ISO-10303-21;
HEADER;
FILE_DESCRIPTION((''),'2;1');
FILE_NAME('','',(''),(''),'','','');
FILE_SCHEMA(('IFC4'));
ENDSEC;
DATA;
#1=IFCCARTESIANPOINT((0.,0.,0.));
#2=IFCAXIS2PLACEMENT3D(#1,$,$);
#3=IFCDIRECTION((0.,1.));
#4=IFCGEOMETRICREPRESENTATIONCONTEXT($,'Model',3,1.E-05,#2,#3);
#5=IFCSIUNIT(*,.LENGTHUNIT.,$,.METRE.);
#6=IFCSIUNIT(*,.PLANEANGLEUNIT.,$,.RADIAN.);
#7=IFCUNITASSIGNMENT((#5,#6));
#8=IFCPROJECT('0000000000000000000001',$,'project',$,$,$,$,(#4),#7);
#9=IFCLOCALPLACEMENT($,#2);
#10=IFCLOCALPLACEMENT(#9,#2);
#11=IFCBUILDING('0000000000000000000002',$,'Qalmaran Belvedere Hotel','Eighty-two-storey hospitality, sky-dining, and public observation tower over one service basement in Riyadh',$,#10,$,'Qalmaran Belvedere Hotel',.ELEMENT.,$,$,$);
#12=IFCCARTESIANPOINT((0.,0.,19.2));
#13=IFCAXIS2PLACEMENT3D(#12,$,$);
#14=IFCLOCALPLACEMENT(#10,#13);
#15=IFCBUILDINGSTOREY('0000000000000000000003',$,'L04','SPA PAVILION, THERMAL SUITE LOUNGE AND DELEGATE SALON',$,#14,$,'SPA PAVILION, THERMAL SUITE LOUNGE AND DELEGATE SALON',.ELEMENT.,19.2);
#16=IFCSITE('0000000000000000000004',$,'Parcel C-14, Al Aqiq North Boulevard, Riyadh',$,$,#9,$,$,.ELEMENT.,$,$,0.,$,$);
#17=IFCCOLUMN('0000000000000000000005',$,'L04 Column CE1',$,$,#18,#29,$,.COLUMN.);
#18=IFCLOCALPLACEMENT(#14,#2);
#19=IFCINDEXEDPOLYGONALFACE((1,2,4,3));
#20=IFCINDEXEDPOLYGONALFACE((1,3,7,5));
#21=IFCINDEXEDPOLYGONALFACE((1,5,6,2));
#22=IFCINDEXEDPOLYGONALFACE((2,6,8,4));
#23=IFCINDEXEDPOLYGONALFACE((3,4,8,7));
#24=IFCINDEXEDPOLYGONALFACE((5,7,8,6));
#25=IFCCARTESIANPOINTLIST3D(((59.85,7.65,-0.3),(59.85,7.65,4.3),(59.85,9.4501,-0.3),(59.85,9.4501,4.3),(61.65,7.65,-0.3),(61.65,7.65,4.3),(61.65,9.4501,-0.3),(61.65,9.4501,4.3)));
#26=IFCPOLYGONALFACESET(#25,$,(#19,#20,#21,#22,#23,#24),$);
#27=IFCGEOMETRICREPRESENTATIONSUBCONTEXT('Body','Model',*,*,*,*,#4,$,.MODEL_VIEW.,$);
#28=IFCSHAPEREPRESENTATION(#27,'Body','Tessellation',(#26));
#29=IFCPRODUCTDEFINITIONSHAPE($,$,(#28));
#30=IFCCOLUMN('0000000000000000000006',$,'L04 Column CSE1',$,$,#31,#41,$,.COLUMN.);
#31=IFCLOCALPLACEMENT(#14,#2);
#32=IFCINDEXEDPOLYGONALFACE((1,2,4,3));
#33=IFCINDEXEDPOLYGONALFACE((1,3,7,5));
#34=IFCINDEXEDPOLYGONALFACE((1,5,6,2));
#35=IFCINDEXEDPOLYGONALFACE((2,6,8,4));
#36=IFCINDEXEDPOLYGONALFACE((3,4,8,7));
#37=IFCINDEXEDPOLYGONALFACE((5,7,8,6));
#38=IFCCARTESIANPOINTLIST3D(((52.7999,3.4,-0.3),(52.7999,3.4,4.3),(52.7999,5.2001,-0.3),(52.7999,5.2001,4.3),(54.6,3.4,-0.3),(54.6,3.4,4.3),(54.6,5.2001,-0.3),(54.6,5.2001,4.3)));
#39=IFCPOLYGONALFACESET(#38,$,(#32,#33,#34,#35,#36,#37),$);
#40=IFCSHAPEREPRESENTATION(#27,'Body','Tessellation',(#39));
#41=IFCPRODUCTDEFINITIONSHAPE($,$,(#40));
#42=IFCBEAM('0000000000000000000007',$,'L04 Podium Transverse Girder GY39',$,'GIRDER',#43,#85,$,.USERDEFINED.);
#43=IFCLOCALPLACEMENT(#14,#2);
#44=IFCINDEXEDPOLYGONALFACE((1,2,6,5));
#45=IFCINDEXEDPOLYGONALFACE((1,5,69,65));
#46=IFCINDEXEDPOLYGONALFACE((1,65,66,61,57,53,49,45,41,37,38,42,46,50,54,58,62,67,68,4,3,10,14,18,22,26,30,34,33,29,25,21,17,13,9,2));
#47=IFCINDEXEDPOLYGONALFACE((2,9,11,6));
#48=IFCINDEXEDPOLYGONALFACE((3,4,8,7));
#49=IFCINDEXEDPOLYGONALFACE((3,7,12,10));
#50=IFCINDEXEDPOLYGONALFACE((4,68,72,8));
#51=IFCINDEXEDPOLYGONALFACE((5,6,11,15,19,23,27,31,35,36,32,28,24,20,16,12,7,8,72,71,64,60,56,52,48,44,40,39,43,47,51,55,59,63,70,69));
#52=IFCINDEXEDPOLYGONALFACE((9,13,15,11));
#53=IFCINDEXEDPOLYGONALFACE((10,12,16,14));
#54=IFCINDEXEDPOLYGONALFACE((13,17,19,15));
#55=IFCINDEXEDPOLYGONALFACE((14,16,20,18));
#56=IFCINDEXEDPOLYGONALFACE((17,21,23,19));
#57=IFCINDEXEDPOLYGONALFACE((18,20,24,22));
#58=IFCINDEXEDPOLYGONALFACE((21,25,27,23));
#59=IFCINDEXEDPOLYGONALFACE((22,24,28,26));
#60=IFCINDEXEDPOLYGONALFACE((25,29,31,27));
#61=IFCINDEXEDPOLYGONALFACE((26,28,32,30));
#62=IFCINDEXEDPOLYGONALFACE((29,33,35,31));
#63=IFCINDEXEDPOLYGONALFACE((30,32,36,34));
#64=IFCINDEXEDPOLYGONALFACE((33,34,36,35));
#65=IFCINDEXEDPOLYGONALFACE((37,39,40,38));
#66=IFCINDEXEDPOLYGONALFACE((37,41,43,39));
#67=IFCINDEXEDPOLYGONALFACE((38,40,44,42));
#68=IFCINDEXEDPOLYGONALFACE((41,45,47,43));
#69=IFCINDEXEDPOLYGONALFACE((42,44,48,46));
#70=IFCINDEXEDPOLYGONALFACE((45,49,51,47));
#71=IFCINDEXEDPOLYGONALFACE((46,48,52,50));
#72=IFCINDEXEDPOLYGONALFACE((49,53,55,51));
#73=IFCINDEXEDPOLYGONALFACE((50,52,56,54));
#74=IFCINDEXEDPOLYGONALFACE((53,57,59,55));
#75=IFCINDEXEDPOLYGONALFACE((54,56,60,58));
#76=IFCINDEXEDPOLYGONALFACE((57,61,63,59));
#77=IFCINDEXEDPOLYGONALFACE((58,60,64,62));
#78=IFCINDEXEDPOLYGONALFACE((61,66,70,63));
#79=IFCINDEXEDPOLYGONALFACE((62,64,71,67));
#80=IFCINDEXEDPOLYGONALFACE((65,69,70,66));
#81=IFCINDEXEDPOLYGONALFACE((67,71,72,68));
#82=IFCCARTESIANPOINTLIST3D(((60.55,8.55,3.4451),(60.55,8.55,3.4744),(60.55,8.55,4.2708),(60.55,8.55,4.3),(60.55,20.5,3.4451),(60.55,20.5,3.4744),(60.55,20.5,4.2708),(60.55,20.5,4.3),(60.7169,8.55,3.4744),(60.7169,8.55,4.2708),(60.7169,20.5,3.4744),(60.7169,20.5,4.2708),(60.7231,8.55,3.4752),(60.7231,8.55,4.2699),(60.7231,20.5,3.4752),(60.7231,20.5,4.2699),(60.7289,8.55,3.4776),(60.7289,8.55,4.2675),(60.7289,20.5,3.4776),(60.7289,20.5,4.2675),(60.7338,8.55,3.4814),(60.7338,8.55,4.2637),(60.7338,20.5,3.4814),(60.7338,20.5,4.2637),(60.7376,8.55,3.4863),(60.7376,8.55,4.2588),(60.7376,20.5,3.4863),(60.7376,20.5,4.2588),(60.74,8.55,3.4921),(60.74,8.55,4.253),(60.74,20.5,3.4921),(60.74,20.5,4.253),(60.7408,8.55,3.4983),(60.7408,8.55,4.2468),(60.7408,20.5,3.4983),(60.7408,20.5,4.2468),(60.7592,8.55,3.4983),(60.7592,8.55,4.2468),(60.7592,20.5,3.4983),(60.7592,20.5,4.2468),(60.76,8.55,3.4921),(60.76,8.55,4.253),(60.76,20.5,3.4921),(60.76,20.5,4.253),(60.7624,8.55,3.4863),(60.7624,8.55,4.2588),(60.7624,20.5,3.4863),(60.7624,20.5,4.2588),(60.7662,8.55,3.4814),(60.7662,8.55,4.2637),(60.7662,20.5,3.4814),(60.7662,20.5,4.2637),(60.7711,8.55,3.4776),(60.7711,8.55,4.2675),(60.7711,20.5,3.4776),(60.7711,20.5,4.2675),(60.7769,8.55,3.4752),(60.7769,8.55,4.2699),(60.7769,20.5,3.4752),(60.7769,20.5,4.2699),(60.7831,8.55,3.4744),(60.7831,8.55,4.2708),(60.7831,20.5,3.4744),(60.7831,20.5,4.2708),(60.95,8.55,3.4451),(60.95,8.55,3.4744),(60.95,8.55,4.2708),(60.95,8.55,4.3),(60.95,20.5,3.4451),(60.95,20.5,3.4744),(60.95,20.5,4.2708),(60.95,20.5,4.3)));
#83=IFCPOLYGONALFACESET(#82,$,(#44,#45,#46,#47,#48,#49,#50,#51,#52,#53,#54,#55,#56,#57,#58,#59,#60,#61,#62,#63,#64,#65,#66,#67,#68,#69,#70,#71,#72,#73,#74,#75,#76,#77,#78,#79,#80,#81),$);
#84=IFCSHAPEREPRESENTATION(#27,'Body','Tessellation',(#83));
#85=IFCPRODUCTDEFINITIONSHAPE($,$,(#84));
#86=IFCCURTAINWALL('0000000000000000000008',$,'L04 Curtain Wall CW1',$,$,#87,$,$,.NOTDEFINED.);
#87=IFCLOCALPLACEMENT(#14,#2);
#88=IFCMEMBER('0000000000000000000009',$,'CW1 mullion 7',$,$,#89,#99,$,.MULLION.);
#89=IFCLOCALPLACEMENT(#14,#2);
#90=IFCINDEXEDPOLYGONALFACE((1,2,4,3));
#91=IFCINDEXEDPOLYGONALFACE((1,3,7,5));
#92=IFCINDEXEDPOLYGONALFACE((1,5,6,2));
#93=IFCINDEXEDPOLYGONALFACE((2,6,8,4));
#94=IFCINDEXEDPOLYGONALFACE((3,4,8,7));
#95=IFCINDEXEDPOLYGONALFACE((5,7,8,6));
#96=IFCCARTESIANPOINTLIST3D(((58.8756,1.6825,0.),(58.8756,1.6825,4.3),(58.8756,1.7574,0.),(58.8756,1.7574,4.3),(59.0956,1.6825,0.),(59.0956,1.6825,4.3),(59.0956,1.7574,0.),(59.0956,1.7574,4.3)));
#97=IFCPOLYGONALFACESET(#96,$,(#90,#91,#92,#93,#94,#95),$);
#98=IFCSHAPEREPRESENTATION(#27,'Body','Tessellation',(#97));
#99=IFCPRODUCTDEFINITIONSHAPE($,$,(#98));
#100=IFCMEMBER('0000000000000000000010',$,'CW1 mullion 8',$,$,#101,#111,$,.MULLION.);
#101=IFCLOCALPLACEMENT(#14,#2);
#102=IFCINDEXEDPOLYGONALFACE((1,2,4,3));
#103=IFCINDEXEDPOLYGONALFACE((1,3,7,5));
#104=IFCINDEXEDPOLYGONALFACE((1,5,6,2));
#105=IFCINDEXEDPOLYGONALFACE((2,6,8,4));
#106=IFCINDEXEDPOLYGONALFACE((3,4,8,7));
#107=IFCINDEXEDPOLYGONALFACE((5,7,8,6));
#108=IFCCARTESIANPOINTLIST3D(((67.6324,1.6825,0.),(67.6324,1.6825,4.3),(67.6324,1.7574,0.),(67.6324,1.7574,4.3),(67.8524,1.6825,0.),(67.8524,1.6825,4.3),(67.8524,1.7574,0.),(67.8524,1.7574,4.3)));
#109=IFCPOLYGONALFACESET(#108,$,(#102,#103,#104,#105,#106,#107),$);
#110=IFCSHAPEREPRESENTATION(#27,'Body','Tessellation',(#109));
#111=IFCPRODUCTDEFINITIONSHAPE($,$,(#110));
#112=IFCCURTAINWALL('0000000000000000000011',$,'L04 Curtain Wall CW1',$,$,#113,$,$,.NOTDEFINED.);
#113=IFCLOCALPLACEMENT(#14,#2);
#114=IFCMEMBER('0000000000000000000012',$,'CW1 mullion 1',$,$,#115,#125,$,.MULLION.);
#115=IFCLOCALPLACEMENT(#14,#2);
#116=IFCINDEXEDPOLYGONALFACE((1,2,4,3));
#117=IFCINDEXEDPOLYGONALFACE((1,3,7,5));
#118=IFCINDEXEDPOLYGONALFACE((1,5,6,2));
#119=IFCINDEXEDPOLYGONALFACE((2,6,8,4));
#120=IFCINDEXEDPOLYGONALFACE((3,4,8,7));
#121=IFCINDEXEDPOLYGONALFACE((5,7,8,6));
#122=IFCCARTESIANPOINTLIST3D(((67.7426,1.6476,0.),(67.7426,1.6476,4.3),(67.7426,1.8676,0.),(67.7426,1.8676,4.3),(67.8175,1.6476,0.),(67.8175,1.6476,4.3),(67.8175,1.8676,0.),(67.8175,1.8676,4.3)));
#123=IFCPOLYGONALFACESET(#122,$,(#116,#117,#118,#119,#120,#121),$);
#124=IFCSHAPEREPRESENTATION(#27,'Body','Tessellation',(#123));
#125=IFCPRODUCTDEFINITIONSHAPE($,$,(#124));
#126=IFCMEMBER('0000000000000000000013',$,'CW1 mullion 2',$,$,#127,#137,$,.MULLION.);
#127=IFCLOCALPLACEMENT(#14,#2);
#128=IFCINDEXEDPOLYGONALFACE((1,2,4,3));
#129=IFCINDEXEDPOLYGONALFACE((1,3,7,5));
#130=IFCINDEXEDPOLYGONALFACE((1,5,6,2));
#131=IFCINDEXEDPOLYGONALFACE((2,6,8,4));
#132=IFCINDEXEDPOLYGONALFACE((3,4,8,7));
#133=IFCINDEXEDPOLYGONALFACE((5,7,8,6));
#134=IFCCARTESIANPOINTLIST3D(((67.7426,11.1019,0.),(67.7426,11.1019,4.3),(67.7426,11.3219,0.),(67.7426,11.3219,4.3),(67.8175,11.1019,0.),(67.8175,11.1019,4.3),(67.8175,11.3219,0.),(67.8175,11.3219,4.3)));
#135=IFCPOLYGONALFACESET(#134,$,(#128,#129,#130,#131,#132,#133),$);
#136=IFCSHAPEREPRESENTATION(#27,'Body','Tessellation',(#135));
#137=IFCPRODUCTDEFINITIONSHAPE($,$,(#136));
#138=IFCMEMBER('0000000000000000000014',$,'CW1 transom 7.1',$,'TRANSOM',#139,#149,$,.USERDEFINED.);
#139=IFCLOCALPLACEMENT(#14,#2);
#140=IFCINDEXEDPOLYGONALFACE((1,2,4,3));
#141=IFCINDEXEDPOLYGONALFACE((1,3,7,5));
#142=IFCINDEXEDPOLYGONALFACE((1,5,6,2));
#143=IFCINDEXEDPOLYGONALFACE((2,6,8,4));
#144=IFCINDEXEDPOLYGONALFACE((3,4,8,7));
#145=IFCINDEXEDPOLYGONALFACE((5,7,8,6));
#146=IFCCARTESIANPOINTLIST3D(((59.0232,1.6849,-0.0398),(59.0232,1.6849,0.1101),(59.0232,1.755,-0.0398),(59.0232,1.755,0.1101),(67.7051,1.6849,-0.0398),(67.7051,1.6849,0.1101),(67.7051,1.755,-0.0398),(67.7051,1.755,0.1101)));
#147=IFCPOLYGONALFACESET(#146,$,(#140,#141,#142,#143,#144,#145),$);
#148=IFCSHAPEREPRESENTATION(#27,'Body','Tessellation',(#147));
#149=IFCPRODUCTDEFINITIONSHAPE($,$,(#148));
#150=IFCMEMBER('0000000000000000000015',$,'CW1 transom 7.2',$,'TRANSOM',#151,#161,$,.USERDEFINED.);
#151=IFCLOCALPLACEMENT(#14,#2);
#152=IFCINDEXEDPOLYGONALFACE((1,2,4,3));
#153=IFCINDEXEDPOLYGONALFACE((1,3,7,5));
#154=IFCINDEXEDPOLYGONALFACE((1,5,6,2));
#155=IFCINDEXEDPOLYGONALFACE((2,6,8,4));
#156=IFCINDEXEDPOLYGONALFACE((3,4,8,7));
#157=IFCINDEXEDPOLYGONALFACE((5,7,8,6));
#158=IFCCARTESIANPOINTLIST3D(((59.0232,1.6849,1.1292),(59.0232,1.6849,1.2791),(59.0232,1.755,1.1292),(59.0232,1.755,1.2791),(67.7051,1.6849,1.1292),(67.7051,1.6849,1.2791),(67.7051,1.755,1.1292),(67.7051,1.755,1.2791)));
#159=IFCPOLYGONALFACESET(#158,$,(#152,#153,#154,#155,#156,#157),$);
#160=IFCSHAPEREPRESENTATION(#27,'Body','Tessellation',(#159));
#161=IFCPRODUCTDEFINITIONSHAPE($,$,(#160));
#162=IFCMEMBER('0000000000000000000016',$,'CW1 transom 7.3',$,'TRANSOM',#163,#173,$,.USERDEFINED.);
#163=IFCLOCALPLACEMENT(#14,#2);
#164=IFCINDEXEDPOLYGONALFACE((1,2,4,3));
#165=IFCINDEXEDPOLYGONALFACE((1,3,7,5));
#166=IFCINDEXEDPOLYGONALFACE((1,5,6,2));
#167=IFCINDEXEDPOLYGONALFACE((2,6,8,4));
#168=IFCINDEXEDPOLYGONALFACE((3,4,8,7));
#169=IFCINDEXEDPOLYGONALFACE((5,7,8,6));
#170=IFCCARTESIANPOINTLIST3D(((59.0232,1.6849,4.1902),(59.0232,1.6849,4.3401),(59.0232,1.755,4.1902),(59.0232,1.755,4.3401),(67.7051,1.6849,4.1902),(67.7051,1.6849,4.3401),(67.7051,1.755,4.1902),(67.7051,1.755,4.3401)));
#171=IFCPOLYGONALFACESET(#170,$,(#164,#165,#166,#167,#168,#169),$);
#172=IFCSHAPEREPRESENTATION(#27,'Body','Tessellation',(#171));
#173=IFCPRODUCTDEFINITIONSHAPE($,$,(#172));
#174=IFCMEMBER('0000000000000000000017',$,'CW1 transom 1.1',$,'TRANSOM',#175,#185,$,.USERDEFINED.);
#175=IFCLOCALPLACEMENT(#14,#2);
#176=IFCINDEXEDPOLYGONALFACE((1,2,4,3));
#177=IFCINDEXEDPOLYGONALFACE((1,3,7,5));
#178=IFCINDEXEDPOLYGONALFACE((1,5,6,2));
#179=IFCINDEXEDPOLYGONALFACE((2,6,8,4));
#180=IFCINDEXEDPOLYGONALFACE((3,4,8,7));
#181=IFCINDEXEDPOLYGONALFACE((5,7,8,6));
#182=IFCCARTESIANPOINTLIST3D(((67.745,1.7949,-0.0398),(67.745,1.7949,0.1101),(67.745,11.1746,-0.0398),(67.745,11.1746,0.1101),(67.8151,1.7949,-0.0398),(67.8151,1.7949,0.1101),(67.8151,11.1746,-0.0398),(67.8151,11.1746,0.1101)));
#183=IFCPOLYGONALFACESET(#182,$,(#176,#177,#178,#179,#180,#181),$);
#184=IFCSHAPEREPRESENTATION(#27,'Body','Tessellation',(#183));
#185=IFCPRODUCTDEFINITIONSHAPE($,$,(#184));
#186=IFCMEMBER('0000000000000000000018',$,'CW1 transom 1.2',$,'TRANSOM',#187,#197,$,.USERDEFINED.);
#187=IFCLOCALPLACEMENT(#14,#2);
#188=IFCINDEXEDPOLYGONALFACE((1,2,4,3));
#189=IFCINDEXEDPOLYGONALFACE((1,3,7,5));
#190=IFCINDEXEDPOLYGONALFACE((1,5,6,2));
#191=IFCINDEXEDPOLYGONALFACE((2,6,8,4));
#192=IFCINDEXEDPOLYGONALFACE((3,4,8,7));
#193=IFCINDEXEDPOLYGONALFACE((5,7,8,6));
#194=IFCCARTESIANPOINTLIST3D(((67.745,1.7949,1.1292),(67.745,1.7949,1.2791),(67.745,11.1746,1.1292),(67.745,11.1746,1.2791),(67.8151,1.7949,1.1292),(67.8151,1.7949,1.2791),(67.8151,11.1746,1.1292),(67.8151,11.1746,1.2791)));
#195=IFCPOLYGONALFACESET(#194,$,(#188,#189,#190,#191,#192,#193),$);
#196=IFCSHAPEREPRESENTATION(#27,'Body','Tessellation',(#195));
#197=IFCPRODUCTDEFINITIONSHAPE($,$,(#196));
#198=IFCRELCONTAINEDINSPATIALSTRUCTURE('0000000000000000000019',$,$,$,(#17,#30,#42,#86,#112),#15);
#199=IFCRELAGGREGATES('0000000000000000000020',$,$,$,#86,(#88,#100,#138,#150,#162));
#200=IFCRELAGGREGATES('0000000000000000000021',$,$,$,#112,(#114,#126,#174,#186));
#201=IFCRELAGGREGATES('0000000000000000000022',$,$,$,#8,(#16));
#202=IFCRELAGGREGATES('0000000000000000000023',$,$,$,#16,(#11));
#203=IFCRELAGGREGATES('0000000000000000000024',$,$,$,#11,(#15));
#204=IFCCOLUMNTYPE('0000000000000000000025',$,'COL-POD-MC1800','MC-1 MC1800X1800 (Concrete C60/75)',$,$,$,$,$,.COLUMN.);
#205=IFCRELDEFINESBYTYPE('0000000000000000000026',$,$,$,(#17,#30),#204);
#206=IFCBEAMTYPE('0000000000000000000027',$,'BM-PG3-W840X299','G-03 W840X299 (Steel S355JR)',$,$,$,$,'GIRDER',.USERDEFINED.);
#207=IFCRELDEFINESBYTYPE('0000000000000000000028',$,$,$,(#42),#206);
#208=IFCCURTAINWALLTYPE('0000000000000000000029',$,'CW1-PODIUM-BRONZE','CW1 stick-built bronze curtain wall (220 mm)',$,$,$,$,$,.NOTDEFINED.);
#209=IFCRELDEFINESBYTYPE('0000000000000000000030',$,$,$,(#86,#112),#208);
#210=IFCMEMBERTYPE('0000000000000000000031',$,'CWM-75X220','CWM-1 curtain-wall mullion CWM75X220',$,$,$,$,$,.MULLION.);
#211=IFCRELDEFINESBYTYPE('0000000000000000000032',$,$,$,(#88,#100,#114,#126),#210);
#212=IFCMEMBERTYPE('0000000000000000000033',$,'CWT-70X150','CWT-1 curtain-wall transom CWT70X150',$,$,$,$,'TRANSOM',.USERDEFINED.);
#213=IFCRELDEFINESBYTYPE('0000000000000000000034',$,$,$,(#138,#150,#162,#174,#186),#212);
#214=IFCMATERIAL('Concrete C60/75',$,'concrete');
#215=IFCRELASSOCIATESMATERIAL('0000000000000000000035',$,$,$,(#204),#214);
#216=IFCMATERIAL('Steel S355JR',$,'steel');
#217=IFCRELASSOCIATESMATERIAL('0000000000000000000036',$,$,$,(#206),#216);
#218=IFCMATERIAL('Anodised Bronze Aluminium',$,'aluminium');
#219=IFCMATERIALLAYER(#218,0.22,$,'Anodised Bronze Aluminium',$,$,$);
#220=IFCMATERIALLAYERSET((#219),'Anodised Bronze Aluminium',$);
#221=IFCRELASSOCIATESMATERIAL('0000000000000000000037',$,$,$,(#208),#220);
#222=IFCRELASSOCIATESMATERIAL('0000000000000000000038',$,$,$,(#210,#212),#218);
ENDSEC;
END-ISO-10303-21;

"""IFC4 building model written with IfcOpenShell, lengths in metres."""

from ifc_helpers import new_model, si_unit, direction, frame, origin, origin_2d, place, context, subcontext, project, spatial, rectangle, i_section, extrude, material, layer, layer_set, material_profile, profile_set, type_object, element, aggregate, save


model = new_model("IFC4")

# Units and contexts
model_context = context("Model", 3, precision=1e-05, world=origin(), true_north=direction((0.0, 1.0)))
body_context = subcontext(model_context, "Body", "Model", "MODEL_VIEW")
ifc_project = project(units=[si_unit("LENGTHUNIT", "METRE"), si_unit("PLANEANGLEUNIT", "RADIAN")], contexts=[model_context])

# Site, building, storey
site_placement = place(None, origin())
site = spatial("IfcSite", under=ifc_project, at=site_placement, Name="Parcel C-14, Al Aqiq North Boulevard, Riyadh", CompositionType="ELEMENT", RefElevation=0.0)
building_placement = place(site_placement, origin())
building = spatial("IfcBuilding", under=site, at=building_placement, Name="Qalmaran Belvedere Hotel", Description="Eighty-two-storey hospitality, sky-dining, and public observation tower over one service basement in Riyadh", LongName="Qalmaran Belvedere Hotel", CompositionType="ELEMENT")
storey_placement = place(building_placement, frame((0.0, 0.0, 19.2)))
storey = spatial("IfcBuildingStorey", under=building, at=storey_placement, Name="L04", Description="SPA PAVILION, THERMAL SUITE LOUNGE AND DELEGATE SALON", LongName="SPA PAVILION, THERMAL SUITE LOUNGE AND DELEGATE SALON", CompositionType="ELEMENT", Elevation=19.2)

# Columns
ifc_material_1 = material(Name="Concrete C60/75", Category="concrete")
ifc_material_profile_1 = material_profile(ifc_material_1, rectangle(XDim=1.8, YDim=1.8, at=origin_2d()), Name="MC1800X1800")
ifc_profile_set_1 = profile_set([ifc_material_profile_1], Name="Concrete C60/75")
column_type = type_object("IfcColumnType", Name="COL-POD-MC1800", Description="MC-1 MC1800X1800 (Concrete C60/75)", PredefinedType="COLUMN", material=ifc_profile_set_1)
for number, where, z_axis, x_axis, name in (
    (1, (60.75, 8.55, -0.3), (0.0, 0.0, 1.0), (1.0, 0.0, 0.0), "L04 Column CE1"),
    (2, (53.7, 4.3, -0.3), (0.0, 0.0, 1.0), (1.0, 0.0, 0.0), "L04 Column CSE1"),
):
    element("IfcColumn", number, at=place(storey_placement, frame(where, z_axis=z_axis, x_axis=x_axis)), inside=storey, type_object=column_type, Name=name, PredefinedType="COLUMN", context=body_context, shape_type="SweptSolid", body=[
        extrude(rectangle(XDim=1.8, YDim=1.8, at=origin_2d()), origin(), (0.0, 0.0, 1.0), 4.6001),
    ])

# Beam
ifc_material_2 = material(Name="Steel S355JR", Category="steel")
ifc_material_profile_2 = material_profile(ifc_material_2, i_section(OverallWidth=0.3999, OverallDepth=0.855, WebThickness=0.0183, FlangeThickness=0.0293, FilletRadius=0.0239, at=origin_2d()), Name="W840X299")
ifc_profile_set_2 = profile_set([ifc_material_profile_2], Name="Steel S355JR")
beam_type = type_object("IfcBeamType", Name="BM-PG3-W840X299", Description="G-03 W840X299 (Steel S355JR)", ElementType="GIRDER", PredefinedType="USERDEFINED", material=ifc_profile_set_2)
beam_placement = place(storey_placement, frame((60.75, 8.55, 3.8726), z_axis=(0.0, 1.0, 0.0), x_axis=(-1.0, 0.0, 0.0)))
element("IfcBeam", 3, at=beam_placement, inside=storey, type_object=beam_type, Name="L04 Podium Transverse Girder GY39", ObjectType="GIRDER", PredefinedType="USERDEFINED", context=body_context, shape_type="SweptSolid", body=[
    extrude(i_section(OverallWidth=0.3999, OverallDepth=0.855, WebThickness=0.0183, FlangeThickness=0.0293, FilletRadius=0.0239, at=origin_2d()), origin(), (0.0, 0.0, 1.0), 11.95),
])

# Curtain walls, members
ifc_material_3 = material(Name="Anodised Bronze Aluminium", Category="aluminium")
ifc_layer_1 = layer(ifc_material_3, 0.22, Name="Anodised Bronze Aluminium")
ifc_layer_set_1 = layer_set([ifc_layer_1], Name="Anodised Bronze Aluminium")
curtain_wall_type = type_object("IfcCurtainWallType", Name="CW1-PODIUM-BRONZE", Description="CW1 stick-built bronze curtain wall (220 mm)", PredefinedType="NOTDEFINED", material=ifc_layer_set_1)
curtain_wall_1_placement = place(storey_placement, origin())
curtain_wall_1 = element("IfcCurtainWall", 4, at=curtain_wall_1_placement, inside=storey, type_object=curtain_wall_type, Name="L04 Curtain Wall CW1", PredefinedType="NOTDEFINED")
ifc_material_profile_3 = material_profile(ifc_material_3, rectangle(XDim=0.075, YDim=0.22, at=origin_2d()), Name="CWM75X220")
ifc_profile_set_3 = profile_set([ifc_material_profile_3], Name="Anodised Bronze Aluminium")
member_type_1 = type_object("IfcMemberType", Name="CWM-75X220", Description="CWM-1 curtain-wall mullion CWM75X220", PredefinedType="MULLION", material=ifc_profile_set_3)
member_1_placement = place(storey_placement, frame((58.9856, 1.72, 0.0), z_axis=(0.0, 0.0, 1.0), x_axis=(0.0, 1.0, 0.0)))
member_1 = element("IfcMember", 5, at=member_1_placement, type_object=member_type_1, Name="CW1 mullion 7", PredefinedType="MULLION", context=body_context, shape_type="SweptSolid", body=[
    extrude(rectangle(XDim=0.075, YDim=0.22, at=origin_2d()), origin(), (0.0, 0.0, 1.0), 4.3),
])
member_2_placement = place(storey_placement, frame((67.7424, 1.72, 0.0), z_axis=(0.0, 0.0, 1.0), x_axis=(0.0, 1.0, 0.0)))
member_2 = element("IfcMember", 6, at=member_2_placement, type_object=member_type_1, Name="CW1 mullion 8", PredefinedType="MULLION", context=body_context, shape_type="SweptSolid", body=[
    extrude(rectangle(XDim=0.075, YDim=0.22, at=origin_2d()), origin(), (0.0, 0.0, 1.0), 4.3),
])
curtain_wall_2_placement = place(storey_placement, origin())
curtain_wall_2 = element("IfcCurtainWall", 7, at=curtain_wall_2_placement, inside=storey, type_object=curtain_wall_type, Name="L04 Curtain Wall CW1", PredefinedType="NOTDEFINED")
member_3_placement = place(storey_placement, frame((67.78, 1.7576, 0.0), z_axis=(0.0, 0.0, 1.0), x_axis=(-1.0, 0.0, 0.0)))
member_3 = element("IfcMember", 8, at=member_3_placement, type_object=member_type_1, Name="CW1 mullion 1", PredefinedType="MULLION", context=body_context, shape_type="SweptSolid", body=[
    extrude(rectangle(XDim=0.075, YDim=0.22, at=origin_2d()), origin(), (0.0, 0.0, 1.0), 4.3),
])
member_4_placement = place(storey_placement, frame((67.78, 11.2119, 0.0), z_axis=(0.0, 0.0, 1.0), x_axis=(-1.0, 0.0, 0.0)))
member_4 = element("IfcMember", 9, at=member_4_placement, type_object=member_type_1, Name="CW1 mullion 2", PredefinedType="MULLION", context=body_context, shape_type="SweptSolid", body=[
    extrude(rectangle(XDim=0.075, YDim=0.22, at=origin_2d()), origin(), (0.0, 0.0, 1.0), 4.3),
])

# Members
ifc_material_profile_4 = material_profile(ifc_material_3, rectangle(XDim=0.0701, YDim=0.1499, at=origin_2d()), Name="CWT70X150")
ifc_profile_set_4 = profile_set([ifc_material_profile_4], Name="Anodised Bronze Aluminium")
member_type_2 = type_object("IfcMemberType", Name="CWT-70X150", Description="CWT-1 curtain-wall transom CWT70X150", ElementType="TRANSOM", PredefinedType="USERDEFINED", material=ifc_profile_set_4)
member_5_placement = place(storey_placement, frame((59.0232, 1.72, 0.0352), z_axis=(1.0, 0.0, 0.0), x_axis=(0.0, 1.0, 0.0)))
member_5 = element("IfcMember", 10, at=member_5_placement, type_object=member_type_2, Name="CW1 transom 7.1", ObjectType="TRANSOM", PredefinedType="USERDEFINED", context=body_context, shape_type="SweptSolid", body=[
    extrude(rectangle(XDim=0.0701, YDim=0.1499, at=origin_2d()), origin(), (0.0, 0.0, 1.0), 8.6819),
])
member_6_placement = place(storey_placement, frame((59.0232, 1.72, 1.2041), z_axis=(1.0, 0.0, 0.0), x_axis=(0.0, 1.0, 0.0)))
member_6 = element("IfcMember", 11, at=member_6_placement, type_object=member_type_2, Name="CW1 transom 7.2", ObjectType="TRANSOM", PredefinedType="USERDEFINED", context=body_context, shape_type="SweptSolid", body=[
    extrude(rectangle(XDim=0.0701, YDim=0.1499, at=origin_2d()), origin(), (0.0, 0.0, 1.0), 8.6819),
])
member_7_placement = place(storey_placement, frame((59.0232, 1.72, 4.2651), z_axis=(1.0, 0.0, 0.0), x_axis=(0.0, 1.0, 0.0)))
member_7 = element("IfcMember", 12, at=member_7_placement, type_object=member_type_2, Name="CW1 transom 7.3", ObjectType="TRANSOM", PredefinedType="USERDEFINED", context=body_context, shape_type="SweptSolid", body=[
    extrude(rectangle(XDim=0.0701, YDim=0.1499, at=origin_2d()), origin(), (0.0, 0.0, 1.0), 8.6819),
])
member_8_placement = place(storey_placement, frame((67.78, 1.7949, 0.0352), z_axis=(0.0, 1.0, 0.0), x_axis=(-1.0, 0.0, 0.0)))
member_8 = element("IfcMember", 13, at=member_8_placement, type_object=member_type_2, Name="CW1 transom 1.1", ObjectType="TRANSOM", PredefinedType="USERDEFINED", context=body_context, shape_type="SweptSolid", body=[
    extrude(rectangle(XDim=0.0701, YDim=0.1499, at=origin_2d()), origin(), (0.0, 0.0, 1.0), 9.3796),
])
member_9_placement = place(storey_placement, frame((67.78, 1.7949, 1.2041), z_axis=(0.0, 1.0, 0.0), x_axis=(-1.0, 0.0, 0.0)))
member_9 = element("IfcMember", 14, at=member_9_placement, type_object=member_type_2, Name="CW1 transom 1.2", ObjectType="TRANSOM", PredefinedType="USERDEFINED", context=body_context, shape_type="SweptSolid", body=[
    extrude(rectangle(XDim=0.0701, YDim=0.1499, at=origin_2d()), origin(), (0.0, 0.0, 1.0), 9.3796),
])

aggregate(curtain_wall_1, [member_1, member_2, member_5, member_6, member_7])
aggregate(curtain_wall_2, [member_3, member_4, member_8, member_9])

save(model, "model.ifc")
